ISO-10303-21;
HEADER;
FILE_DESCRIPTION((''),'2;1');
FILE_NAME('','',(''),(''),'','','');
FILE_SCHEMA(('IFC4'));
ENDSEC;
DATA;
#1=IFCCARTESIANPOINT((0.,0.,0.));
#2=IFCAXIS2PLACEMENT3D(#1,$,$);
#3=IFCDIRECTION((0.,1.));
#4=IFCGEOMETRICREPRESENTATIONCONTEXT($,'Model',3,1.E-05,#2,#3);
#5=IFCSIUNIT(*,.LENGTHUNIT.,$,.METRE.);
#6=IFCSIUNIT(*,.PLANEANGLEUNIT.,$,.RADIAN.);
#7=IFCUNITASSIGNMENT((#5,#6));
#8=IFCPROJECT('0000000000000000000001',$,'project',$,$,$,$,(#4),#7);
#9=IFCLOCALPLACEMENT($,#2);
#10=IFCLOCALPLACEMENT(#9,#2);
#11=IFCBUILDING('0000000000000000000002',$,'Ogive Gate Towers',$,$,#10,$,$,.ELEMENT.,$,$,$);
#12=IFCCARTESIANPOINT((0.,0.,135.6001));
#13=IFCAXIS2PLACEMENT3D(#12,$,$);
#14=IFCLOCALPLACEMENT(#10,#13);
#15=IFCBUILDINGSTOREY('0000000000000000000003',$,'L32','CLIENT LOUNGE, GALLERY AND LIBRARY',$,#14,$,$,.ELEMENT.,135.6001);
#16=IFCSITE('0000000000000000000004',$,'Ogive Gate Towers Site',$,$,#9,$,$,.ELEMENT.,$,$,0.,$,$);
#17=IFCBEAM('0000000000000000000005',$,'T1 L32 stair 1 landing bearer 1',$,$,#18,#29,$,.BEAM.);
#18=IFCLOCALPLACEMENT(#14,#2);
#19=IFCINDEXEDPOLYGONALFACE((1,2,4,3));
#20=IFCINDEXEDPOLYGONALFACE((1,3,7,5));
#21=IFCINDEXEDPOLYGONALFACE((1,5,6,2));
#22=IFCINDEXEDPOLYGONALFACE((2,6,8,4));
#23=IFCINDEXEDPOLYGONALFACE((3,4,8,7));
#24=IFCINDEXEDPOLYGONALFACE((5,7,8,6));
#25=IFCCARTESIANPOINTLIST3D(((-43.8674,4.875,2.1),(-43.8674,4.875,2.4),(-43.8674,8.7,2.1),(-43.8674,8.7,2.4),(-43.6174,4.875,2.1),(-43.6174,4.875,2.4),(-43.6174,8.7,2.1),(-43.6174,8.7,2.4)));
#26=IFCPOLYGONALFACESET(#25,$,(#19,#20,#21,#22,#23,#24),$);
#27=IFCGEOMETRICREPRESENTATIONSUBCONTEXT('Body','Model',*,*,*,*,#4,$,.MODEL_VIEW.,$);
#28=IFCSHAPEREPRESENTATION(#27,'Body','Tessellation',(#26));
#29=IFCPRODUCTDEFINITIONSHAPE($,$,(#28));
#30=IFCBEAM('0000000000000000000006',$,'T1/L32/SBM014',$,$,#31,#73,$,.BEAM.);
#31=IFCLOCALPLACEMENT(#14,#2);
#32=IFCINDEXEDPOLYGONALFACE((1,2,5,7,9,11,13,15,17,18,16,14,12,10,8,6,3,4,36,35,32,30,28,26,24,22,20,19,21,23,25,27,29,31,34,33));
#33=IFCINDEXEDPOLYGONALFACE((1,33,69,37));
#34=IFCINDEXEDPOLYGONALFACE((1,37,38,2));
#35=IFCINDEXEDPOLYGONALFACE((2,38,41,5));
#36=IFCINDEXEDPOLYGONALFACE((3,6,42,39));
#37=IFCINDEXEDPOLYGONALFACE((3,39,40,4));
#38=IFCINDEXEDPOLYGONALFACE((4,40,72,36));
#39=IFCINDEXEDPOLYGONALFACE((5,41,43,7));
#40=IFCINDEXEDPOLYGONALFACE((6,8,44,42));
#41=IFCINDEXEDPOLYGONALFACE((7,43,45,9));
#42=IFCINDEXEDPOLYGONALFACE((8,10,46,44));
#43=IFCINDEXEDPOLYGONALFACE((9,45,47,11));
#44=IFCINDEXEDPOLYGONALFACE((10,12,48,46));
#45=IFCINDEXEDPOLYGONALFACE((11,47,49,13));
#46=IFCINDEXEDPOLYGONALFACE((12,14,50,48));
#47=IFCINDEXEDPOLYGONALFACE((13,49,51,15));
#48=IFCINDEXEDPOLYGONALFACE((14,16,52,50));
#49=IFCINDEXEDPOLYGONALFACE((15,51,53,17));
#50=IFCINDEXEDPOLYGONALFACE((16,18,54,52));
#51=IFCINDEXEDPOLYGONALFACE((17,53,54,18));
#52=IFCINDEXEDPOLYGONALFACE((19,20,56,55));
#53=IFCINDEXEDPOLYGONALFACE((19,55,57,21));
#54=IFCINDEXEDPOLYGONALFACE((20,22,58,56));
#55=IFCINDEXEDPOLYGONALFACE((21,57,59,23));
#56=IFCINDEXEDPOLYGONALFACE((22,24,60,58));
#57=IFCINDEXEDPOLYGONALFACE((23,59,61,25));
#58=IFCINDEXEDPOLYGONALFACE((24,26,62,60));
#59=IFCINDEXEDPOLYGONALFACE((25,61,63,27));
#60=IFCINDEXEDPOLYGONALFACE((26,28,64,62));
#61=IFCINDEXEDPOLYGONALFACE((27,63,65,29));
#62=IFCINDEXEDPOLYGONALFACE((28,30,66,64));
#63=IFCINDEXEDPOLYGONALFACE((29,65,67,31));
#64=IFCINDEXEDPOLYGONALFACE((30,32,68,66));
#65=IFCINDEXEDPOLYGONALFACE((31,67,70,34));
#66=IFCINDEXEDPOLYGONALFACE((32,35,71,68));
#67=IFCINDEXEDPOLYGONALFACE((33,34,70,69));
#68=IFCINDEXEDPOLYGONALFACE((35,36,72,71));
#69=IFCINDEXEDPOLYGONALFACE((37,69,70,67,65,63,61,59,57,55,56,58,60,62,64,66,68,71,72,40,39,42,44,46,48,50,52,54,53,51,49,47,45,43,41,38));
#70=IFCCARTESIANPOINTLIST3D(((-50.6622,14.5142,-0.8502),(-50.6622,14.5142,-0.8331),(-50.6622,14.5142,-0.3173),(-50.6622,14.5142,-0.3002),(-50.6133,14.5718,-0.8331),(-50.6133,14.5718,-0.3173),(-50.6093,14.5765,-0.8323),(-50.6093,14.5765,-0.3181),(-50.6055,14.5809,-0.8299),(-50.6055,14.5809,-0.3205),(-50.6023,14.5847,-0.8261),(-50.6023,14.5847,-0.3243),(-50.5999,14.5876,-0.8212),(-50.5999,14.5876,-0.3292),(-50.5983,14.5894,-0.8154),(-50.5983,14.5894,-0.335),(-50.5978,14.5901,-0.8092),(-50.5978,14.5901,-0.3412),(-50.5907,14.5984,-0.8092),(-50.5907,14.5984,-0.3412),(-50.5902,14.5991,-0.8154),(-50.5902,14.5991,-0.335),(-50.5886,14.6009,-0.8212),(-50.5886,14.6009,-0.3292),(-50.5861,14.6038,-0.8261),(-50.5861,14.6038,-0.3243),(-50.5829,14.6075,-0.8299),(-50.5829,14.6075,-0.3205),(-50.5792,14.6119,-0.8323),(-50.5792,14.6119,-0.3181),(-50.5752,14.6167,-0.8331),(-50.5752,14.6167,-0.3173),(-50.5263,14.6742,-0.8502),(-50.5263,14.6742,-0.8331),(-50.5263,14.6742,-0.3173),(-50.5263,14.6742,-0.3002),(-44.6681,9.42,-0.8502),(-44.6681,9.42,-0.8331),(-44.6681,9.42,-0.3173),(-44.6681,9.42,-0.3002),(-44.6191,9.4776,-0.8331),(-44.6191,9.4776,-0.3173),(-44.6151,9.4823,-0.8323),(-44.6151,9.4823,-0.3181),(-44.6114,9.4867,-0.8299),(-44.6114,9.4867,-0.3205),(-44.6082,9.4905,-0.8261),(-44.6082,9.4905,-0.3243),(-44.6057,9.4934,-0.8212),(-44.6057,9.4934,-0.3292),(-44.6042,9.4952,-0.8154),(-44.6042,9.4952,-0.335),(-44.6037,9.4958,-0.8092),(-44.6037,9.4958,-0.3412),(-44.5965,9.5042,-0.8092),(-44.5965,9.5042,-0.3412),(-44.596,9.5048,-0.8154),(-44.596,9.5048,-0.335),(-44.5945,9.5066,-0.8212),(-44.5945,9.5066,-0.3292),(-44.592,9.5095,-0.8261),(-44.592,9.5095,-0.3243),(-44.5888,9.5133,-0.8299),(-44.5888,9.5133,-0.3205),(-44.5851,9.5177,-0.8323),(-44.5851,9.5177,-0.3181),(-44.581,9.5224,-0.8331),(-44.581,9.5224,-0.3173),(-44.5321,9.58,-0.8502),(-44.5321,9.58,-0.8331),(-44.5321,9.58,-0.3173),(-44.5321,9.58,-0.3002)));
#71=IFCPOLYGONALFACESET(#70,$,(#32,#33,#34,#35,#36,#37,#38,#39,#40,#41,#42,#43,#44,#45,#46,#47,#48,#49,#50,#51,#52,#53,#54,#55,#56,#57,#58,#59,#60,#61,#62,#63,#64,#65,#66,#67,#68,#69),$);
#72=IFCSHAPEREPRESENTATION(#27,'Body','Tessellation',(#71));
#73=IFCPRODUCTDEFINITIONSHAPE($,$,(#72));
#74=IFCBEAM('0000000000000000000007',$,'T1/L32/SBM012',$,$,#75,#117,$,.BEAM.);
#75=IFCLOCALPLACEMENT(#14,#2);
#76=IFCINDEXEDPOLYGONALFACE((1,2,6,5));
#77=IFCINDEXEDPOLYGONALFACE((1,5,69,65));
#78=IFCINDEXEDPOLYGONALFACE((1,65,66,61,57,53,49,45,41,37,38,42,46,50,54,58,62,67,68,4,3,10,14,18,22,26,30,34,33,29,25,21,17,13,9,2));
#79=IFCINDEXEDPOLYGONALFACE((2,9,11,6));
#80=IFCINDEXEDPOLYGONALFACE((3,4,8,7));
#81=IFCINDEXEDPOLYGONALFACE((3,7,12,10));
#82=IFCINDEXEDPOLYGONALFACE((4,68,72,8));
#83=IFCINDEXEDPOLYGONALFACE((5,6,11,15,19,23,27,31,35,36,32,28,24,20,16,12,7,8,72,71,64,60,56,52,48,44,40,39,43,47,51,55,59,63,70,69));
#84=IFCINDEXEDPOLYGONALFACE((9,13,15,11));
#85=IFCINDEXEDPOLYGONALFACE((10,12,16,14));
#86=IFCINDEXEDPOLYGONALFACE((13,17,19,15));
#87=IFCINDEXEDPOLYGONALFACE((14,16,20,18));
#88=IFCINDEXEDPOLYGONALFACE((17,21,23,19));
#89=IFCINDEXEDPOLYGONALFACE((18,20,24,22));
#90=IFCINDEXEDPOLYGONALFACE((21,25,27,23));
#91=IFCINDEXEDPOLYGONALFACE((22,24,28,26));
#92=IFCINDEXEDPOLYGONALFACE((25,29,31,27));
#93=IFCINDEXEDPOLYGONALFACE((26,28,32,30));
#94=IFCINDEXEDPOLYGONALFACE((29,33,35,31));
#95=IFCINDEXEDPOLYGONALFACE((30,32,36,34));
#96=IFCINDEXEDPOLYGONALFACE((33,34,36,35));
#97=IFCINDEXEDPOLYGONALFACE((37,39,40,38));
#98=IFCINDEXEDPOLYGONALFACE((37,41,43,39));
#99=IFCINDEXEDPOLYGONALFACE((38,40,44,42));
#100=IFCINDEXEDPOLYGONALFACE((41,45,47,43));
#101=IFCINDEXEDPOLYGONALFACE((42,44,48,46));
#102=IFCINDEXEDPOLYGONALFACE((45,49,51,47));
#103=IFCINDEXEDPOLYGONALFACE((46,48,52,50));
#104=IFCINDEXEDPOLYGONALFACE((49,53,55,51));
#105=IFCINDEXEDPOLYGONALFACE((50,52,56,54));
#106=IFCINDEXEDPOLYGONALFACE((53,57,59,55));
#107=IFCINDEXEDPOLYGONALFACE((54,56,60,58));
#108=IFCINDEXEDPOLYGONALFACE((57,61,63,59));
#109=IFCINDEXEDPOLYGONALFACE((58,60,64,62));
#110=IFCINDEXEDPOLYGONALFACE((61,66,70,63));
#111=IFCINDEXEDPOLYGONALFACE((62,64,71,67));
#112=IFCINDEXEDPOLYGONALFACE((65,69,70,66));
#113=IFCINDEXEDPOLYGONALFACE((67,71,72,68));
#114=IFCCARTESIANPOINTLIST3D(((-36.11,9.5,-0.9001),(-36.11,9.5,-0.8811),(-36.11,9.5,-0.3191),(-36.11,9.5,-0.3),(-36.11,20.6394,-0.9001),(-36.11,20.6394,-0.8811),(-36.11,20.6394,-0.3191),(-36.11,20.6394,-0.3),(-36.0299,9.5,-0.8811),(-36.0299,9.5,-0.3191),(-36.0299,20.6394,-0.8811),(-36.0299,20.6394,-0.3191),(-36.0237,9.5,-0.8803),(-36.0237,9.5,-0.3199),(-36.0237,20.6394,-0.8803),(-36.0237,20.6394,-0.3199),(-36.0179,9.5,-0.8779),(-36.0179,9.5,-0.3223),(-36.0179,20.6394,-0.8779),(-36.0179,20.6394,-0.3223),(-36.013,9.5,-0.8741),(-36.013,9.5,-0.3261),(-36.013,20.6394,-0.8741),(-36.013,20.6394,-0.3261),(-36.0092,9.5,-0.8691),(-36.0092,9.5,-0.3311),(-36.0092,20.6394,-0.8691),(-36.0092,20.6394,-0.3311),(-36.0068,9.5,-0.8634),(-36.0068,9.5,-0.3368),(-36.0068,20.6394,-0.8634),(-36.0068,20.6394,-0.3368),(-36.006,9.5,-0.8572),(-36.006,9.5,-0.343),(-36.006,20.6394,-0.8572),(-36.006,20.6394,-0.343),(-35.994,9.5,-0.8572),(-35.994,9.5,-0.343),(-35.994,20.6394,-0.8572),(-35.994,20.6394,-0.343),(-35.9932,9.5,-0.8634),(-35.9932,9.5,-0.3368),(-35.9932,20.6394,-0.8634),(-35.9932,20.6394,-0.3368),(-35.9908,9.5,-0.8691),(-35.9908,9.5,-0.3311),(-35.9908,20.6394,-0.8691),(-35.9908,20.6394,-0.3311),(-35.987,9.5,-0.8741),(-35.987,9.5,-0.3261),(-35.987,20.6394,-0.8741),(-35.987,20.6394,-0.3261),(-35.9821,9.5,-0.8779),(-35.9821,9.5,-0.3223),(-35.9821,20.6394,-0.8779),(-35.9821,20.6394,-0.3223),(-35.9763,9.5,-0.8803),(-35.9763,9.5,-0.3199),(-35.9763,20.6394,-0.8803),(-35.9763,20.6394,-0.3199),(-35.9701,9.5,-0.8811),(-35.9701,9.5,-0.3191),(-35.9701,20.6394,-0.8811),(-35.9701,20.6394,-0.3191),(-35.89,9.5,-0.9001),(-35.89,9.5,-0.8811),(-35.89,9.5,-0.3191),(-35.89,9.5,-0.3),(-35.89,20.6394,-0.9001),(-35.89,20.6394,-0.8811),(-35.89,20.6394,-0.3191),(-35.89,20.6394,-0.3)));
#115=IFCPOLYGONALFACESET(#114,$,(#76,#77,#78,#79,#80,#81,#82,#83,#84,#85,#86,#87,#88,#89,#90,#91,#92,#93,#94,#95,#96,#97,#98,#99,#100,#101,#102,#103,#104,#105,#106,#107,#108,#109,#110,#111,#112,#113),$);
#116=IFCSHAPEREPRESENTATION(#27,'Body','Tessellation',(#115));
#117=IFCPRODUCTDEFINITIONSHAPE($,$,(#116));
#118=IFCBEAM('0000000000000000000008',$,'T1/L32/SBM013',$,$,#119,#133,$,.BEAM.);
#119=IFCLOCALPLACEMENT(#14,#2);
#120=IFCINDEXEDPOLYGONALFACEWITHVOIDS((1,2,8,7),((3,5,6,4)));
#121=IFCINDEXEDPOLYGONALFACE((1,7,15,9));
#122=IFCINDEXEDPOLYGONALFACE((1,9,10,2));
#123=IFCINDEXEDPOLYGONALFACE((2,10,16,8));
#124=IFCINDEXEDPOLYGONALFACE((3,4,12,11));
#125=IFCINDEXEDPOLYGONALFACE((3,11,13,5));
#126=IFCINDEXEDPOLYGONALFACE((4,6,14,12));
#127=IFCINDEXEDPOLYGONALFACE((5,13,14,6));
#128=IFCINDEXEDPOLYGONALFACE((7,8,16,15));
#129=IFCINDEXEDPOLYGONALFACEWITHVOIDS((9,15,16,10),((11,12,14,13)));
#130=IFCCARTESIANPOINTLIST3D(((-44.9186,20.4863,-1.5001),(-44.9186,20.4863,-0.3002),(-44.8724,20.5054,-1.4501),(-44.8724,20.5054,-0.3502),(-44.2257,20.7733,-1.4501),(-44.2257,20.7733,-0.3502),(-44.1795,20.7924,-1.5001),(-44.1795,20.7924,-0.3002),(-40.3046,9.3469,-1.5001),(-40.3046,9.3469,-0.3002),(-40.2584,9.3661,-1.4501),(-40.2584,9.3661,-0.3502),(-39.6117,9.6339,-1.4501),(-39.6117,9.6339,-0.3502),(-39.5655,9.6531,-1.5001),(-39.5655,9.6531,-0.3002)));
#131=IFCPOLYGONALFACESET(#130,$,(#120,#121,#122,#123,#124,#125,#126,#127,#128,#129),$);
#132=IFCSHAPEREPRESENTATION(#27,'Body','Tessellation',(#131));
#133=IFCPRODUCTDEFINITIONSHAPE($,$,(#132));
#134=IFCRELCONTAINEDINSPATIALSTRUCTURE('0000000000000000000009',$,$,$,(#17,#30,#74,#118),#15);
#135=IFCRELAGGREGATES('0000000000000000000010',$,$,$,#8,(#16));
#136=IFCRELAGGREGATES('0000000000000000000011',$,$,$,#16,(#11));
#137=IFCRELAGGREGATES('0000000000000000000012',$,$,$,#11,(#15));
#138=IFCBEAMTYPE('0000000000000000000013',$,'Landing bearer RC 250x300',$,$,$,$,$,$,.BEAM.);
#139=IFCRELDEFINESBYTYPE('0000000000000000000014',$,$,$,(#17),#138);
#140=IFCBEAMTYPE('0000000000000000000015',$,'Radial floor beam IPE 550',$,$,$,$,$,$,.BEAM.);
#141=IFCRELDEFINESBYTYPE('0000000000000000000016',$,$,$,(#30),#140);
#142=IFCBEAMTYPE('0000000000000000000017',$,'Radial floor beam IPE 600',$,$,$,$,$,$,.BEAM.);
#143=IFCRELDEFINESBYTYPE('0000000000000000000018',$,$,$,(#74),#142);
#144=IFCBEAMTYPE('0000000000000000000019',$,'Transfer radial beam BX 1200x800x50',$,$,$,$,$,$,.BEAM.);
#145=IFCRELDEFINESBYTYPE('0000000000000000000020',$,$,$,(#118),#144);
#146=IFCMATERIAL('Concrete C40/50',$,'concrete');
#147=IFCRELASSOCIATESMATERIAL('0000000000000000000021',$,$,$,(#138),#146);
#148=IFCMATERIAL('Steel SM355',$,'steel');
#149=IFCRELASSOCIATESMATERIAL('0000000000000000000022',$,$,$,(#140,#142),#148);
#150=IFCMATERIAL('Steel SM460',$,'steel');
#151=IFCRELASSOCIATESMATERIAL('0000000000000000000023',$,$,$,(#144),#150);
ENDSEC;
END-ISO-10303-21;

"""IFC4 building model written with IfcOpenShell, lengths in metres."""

from ifc_helpers import new_model, si_unit, direction, frame, origin, origin_2d, place, context, subcontext, project, spatial, rectangle, hollow_rectangle, i_section, extrude, material, material_profile, profile_set, type_object, element, save


model = new_model("IFC4")

# Units and contexts
model_context = context("Model", 3, precision=1e-05, world=origin(), true_north=direction((0.0, 1.0)))
body_context = subcontext(model_context, "Body", "Model", "MODEL_VIEW")
ifc_project = project(units=[si_unit("LENGTHUNIT", "METRE"), si_unit("PLANEANGLEUNIT", "RADIAN")], contexts=[model_context])

# Site, building, storey
site_placement = place(None, origin())
site = spatial("IfcSite", under=ifc_project, at=site_placement, Name="Ogive Gate Towers Site", CompositionType="ELEMENT", RefElevation=0.0)
building_placement = place(site_placement, origin())
building = spatial("IfcBuilding", under=site, at=building_placement, Name="Ogive Gate Towers", CompositionType="ELEMENT")
storey_placement = place(building_placement, frame((0.0, 0.0, 135.6001)))
storey = spatial("IfcBuildingStorey", under=building, at=storey_placement, Name="L32", Description="CLIENT LOUNGE, GALLERY AND LIBRARY", CompositionType="ELEMENT", Elevation=135.6001)

# Beams
ifc_material_1 = material(Name="Concrete C40/50", Category="concrete")
ifc_material_profile_1 = material_profile(ifc_material_1, rectangle(XDim=0.25, YDim=0.3, at=origin_2d()), Name="RC 250x300")
ifc_profile_set_1 = profile_set([ifc_material_profile_1], Name="Concrete C40/50")
beam_type_1 = type_object("IfcBeamType", Name="Landing bearer RC 250x300", PredefinedType="BEAM", material=ifc_profile_set_1)
beam_1_placement = place(storey_placement, frame((-43.7424, 8.7, 2.25), z_axis=(0.0, -1.0, 0.0), x_axis=(1.0, 0.0, 0.0)))
element("IfcBeam", 1, at=beam_1_placement, inside=storey, type_object=beam_type_1, Name="T1 L32 stair 1 landing bearer 1", PredefinedType="BEAM", context=body_context, shape_type="SweptSolid", body=[
    extrude(rectangle(XDim=0.25, YDim=0.3, at=origin_2d()), origin(), (0.0, 0.0, 1.0), 3.825),
])
ifc_material_2 = material(Name="Steel SM355", Category="steel")
ifc_material_profile_2 = material_profile(ifc_material_2, i_section(OverallWidth=0.21, OverallDepth=0.55, WebThickness=0.011, FlangeThickness=0.0171, FilletRadius=0.0239, at=origin_2d()), Name="IPE 550")
ifc_profile_set_2 = profile_set([ifc_material_profile_2], Name="Steel SM355")
beam_type_2 = type_object("IfcBeamType", Name="Radial floor beam IPE 550", PredefinedType="BEAM", material=ifc_profile_set_2)
beam_2_placement = place(storey_placement, frame((-44.6001, 9.5, -0.5752), z_axis=(-0.761988, 0.647591, 0.0), x_axis=(-0.647591, -0.761988, 0.0)))
element("IfcBeam", 2, at=beam_2_placement, inside=storey, type_object=beam_type_2, Name="T1/L32/SBM014", PredefinedType="BEAM", context=body_context, shape_type="SweptSolid", body=[
    extrude(i_section(OverallWidth=0.21, OverallDepth=0.55, WebThickness=0.011, FlangeThickness=0.0171, FilletRadius=0.0239, at=origin_2d()), origin(), (0.0, 0.0, 1.0), 7.8665),
])
ifc_material_profile_3 = material_profile(ifc_material_2, i_section(OverallWidth=0.22, OverallDepth=0.6001, WebThickness=0.012, FlangeThickness=0.019, FilletRadius=0.0239, at=origin_2d()), Name="IPE 600")
ifc_profile_set_3 = profile_set([ifc_material_profile_3], Name="Steel SM355")
beam_type_3 = type_object("IfcBeamType", Name="Radial floor beam IPE 600", PredefinedType="BEAM", material=ifc_profile_set_3)
beam_3_placement = place(storey_placement, frame((-36.0, 9.5, -0.6001), z_axis=(0.0, 1.0, 0.0), x_axis=(-1.0, 0.0, 0.0)))
element("IfcBeam", 3, at=beam_3_placement, inside=storey, type_object=beam_type_3, Name="T1/L32/SBM012", PredefinedType="BEAM", context=body_context, shape_type="SweptSolid", body=[
    extrude(i_section(OverallWidth=0.22, OverallDepth=0.6001, WebThickness=0.012, FlangeThickness=0.019, FilletRadius=0.0239, at=origin_2d()), origin(), (0.0, 0.0, 1.0), 11.1394),
])
ifc_material_3 = material(Name="Steel SM460", Category="steel")
ifc_material_profile_4 = material_profile(ifc_material_3, hollow_rectangle(XDim=0.8, YDim=1.2, WallThickness=0.05, at=origin_2d()), Name="BX 1200x800x50")
ifc_profile_set_4 = profile_set([ifc_material_profile_4], Name="Steel SM460")
beam_type_4 = type_object("IfcBeamType", Name="Transfer radial beam BX 1200x800x50", PredefinedType="BEAM", material=ifc_profile_set_4)
beam_4_placement = place(storey_placement, frame((-39.9351, 9.5, -0.9001), z_axis=(-0.382678, 0.923882, 0.0), x_axis=(-0.923882, -0.382678, 0.0)))
element("IfcBeam", 4, at=beam_4_placement, inside=storey, type_object=beam_type_4, Name="T1/L32/SBM013", PredefinedType="BEAM", context=body_context, shape_type="SweptSolid", body=[
    extrude(hollow_rectangle(XDim=0.8, YDim=1.2, WallThickness=0.05, at=origin_2d()), origin(), (0.0, 0.0, 1.0), 12.0571),
])

save(model, "model.ifc")
